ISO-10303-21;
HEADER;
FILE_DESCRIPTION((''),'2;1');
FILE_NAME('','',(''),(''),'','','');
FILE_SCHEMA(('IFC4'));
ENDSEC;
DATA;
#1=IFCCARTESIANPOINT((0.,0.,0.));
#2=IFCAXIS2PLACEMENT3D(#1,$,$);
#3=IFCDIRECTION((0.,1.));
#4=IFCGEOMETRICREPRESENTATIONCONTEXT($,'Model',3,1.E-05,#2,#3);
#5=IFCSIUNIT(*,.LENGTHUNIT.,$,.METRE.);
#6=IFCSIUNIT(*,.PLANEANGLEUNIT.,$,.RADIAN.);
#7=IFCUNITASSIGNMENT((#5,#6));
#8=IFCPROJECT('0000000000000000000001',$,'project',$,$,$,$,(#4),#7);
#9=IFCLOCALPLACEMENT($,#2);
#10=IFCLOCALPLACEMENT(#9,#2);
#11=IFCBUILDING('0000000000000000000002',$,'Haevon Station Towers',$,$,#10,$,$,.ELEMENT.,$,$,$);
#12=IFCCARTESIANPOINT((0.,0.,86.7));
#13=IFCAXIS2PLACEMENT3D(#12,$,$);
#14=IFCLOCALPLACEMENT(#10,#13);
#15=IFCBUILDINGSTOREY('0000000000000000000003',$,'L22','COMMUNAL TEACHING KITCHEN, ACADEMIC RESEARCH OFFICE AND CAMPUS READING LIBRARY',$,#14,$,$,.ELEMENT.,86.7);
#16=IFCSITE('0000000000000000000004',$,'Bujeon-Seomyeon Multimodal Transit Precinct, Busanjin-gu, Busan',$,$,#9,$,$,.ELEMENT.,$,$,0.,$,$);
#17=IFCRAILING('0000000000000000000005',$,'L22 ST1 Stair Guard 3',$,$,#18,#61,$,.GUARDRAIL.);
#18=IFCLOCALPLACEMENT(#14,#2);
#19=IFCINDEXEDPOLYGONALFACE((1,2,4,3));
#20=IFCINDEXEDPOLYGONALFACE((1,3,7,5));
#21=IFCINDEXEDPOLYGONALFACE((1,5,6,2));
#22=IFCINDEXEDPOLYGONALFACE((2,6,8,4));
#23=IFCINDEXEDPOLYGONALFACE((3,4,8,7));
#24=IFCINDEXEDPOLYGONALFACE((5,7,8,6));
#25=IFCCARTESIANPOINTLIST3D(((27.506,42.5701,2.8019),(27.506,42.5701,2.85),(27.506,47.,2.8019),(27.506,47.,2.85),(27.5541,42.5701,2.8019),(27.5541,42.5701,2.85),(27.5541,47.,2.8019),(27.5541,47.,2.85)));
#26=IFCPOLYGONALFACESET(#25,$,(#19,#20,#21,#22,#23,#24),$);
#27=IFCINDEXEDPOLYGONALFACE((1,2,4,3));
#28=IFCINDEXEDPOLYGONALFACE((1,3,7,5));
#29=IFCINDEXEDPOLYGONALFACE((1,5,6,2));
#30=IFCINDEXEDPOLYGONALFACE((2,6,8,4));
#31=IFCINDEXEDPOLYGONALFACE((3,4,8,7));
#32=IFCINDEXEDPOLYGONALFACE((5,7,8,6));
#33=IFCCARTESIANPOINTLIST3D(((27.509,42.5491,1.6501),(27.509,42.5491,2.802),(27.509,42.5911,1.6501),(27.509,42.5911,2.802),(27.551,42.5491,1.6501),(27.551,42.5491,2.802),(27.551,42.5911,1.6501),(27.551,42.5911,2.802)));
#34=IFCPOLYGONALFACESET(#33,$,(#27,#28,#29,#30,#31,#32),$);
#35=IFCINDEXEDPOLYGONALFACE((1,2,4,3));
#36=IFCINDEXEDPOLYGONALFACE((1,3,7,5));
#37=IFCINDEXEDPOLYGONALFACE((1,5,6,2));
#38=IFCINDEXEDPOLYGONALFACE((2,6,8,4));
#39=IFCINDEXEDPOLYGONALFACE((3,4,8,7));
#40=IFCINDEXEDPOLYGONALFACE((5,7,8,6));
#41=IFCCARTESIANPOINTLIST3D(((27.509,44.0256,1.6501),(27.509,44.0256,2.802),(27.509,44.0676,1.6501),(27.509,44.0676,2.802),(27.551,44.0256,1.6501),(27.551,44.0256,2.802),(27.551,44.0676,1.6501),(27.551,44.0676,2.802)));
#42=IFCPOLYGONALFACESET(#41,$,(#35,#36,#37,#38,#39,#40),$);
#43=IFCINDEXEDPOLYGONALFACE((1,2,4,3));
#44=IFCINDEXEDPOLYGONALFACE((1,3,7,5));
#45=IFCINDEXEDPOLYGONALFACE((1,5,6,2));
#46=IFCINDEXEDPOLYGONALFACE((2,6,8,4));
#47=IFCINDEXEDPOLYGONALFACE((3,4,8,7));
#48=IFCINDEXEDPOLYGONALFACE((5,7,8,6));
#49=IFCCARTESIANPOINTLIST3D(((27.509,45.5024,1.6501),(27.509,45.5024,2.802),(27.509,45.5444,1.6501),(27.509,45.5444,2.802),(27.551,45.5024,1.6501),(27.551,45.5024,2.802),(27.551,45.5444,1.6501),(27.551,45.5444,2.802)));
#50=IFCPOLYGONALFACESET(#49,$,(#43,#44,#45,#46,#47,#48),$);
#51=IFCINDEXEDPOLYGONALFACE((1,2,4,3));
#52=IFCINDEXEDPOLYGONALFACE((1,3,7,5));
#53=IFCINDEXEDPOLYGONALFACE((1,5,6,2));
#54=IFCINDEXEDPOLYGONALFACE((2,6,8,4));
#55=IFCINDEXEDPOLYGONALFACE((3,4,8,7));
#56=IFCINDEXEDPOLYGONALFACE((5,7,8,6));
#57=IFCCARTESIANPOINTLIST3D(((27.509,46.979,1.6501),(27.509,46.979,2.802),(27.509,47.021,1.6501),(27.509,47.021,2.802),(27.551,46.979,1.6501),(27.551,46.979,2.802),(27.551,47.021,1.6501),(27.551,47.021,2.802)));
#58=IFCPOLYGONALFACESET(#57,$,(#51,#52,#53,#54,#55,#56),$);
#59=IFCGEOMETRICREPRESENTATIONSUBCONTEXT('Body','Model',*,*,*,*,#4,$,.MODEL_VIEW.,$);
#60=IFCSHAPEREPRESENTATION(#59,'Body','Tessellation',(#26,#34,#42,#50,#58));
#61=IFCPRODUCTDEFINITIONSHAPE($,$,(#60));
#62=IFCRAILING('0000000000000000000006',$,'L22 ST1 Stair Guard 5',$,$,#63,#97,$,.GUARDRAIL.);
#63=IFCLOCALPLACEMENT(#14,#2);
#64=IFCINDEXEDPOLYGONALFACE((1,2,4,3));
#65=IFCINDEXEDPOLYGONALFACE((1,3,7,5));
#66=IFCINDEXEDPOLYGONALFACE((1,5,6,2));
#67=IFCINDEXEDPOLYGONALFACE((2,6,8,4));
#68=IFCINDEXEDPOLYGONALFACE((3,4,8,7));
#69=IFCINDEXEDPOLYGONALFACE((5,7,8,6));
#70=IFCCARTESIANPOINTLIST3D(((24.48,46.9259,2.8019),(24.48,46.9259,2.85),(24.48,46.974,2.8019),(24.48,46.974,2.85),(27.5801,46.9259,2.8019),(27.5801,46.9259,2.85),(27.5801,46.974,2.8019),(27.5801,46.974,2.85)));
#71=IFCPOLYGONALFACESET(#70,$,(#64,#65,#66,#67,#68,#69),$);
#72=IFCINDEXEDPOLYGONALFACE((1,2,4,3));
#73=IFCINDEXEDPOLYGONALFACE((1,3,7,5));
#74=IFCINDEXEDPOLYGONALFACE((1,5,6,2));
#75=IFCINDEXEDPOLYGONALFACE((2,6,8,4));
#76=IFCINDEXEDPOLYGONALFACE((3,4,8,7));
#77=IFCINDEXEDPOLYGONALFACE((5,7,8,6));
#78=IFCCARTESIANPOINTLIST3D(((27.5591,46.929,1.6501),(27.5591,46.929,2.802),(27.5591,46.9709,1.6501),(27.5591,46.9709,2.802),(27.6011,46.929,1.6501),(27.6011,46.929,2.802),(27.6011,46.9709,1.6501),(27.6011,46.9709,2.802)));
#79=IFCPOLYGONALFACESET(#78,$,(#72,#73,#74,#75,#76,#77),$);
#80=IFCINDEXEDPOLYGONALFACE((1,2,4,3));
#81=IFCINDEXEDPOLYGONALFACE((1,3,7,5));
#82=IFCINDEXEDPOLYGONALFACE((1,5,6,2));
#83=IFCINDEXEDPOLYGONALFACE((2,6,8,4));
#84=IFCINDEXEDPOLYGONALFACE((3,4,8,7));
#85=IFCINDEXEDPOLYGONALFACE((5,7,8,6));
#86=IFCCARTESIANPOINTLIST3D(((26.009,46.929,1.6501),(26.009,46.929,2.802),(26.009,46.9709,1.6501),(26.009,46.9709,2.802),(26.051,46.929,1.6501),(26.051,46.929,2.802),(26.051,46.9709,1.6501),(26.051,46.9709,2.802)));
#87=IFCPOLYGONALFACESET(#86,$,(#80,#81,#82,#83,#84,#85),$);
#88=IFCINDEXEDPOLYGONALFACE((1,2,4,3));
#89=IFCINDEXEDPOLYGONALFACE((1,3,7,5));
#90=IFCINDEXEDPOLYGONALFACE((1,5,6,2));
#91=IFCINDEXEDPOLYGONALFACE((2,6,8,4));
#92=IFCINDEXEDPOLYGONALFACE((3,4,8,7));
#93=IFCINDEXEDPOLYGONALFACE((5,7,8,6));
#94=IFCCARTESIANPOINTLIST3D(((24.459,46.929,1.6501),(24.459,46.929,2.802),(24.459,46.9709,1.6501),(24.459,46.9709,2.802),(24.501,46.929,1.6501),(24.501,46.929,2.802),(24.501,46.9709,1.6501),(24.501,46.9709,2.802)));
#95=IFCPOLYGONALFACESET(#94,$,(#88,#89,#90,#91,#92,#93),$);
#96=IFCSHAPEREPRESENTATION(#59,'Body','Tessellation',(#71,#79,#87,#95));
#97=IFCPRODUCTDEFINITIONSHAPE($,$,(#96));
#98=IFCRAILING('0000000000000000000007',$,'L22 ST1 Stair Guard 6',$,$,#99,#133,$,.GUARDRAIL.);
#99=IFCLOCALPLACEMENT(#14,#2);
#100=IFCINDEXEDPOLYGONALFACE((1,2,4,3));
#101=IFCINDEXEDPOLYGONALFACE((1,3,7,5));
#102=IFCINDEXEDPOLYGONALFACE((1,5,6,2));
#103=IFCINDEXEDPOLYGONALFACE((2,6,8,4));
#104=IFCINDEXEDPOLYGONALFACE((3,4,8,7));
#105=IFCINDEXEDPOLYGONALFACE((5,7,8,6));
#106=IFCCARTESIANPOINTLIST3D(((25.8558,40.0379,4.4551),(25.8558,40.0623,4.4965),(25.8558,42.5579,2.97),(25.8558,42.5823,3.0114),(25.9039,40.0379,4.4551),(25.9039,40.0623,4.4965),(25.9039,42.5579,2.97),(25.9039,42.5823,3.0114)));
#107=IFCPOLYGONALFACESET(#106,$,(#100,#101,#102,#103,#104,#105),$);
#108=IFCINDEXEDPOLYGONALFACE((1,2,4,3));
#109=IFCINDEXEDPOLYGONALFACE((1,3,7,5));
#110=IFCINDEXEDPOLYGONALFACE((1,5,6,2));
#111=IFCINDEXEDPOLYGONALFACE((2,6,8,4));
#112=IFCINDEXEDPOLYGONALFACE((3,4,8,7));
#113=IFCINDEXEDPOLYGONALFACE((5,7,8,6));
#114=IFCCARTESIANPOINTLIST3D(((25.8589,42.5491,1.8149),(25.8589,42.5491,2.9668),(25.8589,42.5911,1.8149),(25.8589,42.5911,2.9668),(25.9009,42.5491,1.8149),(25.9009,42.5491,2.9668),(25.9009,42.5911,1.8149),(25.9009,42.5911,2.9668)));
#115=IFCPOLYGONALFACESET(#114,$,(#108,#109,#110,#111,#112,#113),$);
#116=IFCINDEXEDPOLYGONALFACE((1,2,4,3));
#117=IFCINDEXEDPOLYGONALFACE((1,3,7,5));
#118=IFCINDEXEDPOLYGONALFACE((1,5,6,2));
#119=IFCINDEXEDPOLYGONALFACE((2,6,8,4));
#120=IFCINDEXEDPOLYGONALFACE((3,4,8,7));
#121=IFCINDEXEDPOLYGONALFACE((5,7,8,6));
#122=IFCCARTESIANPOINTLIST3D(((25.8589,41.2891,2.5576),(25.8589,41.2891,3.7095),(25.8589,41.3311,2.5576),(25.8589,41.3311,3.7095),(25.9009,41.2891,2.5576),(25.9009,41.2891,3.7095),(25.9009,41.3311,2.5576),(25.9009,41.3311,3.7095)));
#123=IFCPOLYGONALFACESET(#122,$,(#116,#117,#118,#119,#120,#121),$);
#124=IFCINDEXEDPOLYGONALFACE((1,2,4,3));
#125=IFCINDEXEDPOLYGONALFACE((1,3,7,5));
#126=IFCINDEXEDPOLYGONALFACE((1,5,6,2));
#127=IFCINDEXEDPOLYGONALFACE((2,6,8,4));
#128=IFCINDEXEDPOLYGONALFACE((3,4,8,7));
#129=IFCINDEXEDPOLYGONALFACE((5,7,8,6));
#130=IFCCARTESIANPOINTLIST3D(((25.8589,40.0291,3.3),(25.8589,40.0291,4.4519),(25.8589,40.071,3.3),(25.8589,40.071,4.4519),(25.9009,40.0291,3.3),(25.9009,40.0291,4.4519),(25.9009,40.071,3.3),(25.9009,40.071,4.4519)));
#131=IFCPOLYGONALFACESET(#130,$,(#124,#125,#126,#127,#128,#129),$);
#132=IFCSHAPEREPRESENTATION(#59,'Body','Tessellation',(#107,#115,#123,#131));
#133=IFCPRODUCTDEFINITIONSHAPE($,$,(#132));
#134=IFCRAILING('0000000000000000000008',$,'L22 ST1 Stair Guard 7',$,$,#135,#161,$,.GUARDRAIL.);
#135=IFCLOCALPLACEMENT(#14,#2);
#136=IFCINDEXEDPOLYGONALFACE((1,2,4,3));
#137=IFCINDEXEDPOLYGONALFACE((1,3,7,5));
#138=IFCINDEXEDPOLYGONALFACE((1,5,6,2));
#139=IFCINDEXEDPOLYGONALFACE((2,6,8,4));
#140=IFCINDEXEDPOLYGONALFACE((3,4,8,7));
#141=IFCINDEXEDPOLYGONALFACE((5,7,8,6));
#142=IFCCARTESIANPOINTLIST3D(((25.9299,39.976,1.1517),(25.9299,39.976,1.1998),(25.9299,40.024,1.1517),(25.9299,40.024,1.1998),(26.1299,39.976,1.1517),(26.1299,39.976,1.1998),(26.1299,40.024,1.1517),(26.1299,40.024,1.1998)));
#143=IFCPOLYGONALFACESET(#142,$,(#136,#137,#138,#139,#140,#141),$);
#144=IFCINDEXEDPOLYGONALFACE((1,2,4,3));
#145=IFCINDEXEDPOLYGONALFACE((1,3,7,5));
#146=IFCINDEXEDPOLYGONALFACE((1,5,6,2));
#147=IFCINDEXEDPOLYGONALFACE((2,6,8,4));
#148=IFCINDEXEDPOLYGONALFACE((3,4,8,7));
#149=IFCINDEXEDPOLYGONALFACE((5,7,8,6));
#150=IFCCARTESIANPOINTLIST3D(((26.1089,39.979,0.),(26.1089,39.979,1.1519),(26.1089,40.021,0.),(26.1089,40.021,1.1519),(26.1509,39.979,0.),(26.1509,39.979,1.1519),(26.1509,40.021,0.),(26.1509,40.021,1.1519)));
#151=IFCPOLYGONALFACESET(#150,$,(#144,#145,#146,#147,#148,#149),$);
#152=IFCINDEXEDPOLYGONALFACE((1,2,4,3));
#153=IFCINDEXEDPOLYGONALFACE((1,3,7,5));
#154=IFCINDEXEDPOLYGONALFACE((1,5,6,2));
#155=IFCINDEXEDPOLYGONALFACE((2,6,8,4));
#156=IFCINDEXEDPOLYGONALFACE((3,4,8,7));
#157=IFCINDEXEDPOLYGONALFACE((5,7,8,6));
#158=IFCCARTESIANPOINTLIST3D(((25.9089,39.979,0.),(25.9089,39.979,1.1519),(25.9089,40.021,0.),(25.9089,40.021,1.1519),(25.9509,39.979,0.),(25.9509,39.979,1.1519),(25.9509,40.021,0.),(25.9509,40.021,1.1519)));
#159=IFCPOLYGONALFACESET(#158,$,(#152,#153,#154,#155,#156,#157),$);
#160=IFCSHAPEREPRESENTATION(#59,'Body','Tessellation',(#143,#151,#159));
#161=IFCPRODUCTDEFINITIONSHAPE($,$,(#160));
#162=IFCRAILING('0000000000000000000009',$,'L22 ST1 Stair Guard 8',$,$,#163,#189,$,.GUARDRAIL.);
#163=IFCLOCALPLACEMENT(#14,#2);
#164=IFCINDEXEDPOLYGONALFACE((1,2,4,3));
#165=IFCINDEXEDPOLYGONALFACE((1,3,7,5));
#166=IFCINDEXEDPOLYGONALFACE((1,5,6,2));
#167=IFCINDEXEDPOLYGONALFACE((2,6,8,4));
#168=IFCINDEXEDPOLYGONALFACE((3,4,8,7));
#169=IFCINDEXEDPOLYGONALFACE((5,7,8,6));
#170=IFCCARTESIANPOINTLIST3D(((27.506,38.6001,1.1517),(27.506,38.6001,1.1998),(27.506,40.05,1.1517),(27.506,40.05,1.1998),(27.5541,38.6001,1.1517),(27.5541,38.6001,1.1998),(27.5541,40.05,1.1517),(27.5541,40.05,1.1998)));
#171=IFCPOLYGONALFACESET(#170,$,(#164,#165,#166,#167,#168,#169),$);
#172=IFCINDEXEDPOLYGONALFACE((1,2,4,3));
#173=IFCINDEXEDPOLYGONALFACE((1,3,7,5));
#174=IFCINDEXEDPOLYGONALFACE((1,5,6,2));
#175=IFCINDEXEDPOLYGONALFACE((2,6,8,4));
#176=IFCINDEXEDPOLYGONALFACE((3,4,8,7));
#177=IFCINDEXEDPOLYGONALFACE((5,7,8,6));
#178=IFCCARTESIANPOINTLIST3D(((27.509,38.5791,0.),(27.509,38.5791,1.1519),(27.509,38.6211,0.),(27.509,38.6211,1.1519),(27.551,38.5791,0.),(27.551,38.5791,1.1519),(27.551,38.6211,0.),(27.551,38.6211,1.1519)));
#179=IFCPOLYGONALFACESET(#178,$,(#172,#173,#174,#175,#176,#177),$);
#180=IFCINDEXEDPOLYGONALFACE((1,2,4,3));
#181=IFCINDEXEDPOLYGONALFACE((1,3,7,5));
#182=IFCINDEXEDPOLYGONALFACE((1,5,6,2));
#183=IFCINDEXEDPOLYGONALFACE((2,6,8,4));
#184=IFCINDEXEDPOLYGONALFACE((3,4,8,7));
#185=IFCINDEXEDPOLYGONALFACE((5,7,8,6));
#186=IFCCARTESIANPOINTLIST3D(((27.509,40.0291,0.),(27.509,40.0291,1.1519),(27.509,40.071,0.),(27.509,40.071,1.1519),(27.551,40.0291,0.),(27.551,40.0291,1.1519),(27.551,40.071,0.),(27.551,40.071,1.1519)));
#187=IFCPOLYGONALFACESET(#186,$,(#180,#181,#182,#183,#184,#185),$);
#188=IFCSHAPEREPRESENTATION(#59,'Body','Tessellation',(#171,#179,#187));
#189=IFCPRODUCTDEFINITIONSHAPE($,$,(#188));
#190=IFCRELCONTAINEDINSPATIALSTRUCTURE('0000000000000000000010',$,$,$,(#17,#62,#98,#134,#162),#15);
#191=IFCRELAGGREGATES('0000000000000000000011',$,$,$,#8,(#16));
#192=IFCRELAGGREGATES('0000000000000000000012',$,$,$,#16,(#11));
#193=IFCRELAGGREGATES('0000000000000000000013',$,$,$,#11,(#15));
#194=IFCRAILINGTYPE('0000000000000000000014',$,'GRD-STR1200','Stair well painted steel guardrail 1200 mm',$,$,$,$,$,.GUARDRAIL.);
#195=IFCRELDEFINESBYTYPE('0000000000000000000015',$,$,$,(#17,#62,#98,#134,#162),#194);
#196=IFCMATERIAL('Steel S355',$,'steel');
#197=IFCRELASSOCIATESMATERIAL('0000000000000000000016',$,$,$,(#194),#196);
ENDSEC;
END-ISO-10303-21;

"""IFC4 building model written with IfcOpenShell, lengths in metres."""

from ifc_helpers import new_model, si_unit, direction, frame, origin, origin_2d, place, context, subcontext, project, spatial, rectangle, extrude, material, type_object, element, save


model = new_model("IFC4")

# Units and contexts
model_context = context("Model", 3, precision=1e-05, world=origin(), true_north=direction((0.0, 1.0)))
body_context = subcontext(model_context, "Body", "Model", "MODEL_VIEW")
ifc_project = project(units=[si_unit("LENGTHUNIT", "METRE"), si_unit("PLANEANGLEUNIT", "RADIAN")], contexts=[model_context])

# Site, building, storey
site_placement = place(None, origin())
site = spatial("IfcSite", under=ifc_project, at=site_placement, Name="Bujeon-Seomyeon Multimodal Transit Precinct, Busanjin-gu, Busan", CompositionType="ELEMENT", RefElevation=0.0)
building_placement = place(site_placement, origin())
building = spatial("IfcBuilding", under=site, at=building_placement, Name="Haevon Station Towers", CompositionType="ELEMENT")
storey_placement = place(building_placement, frame((0.0, 0.0, 86.7)))
storey = spatial("IfcBuildingStorey", under=building, at=storey_placement, Name="L22", Description="COMMUNAL TEACHING KITCHEN, ACADEMIC RESEARCH OFFICE AND CAMPUS READING LIBRARY", CompositionType="ELEMENT", Elevation=86.7)

# Shared definitions
ifc_material_1 = material(Name="Steel S355", Category="steel")

# Railings
railing_type_1 = type_object("IfcRailingType", Name="GRD-STR1200", Description="Stair well painted steel guardrail 1200 mm", PredefinedType="GUARDRAIL", material=ifc_material_1)
railing_1_placement = place(storey_placement, frame((27.53, 42.5701, 1.6501)))
element("IfcRailing", 1, at=railing_1_placement, inside=storey, type_object=railing_type_1, Name="L22 ST1 Stair Guard 3", PredefinedType="GUARDRAIL", context=body_context, shape_type="SweptSolid", body=[
    extrude(rectangle(XDim=0.0481, YDim=0.0481, at=origin_2d()), frame((0.0, 0.0, 1.1758), z_axis=(0.0, 1.0, 0.0), x_axis=(-1.0, 0.0, 0.0)), (0.0, 0.0, 1.0), 4.4299),
    extrude(rectangle(XDim=0.042, YDim=0.042, at=origin_2d()), origin(), (0.0, 0.0, 1.0), 1.1519),
    extrude(rectangle(XDim=0.042, YDim=0.042, at=origin_2d()), frame((0.0, 1.4766, 0.0)), (0.0, 0.0, 1.0), 1.1519),
    extrude(rectangle(XDim=0.042, YDim=0.042, at=origin_2d()), frame((0.0, 2.9534, 0.0)), (0.0, 0.0, 1.0), 1.1519),
    extrude(rectangle(XDim=0.042, YDim=0.042, at=origin_2d()), frame((0.0, 4.4299, 0.0)), (0.0, 0.0, 1.0), 1.1519),
])
railing_2_placement = place(storey_placement, frame((27.5801, 46.95, 1.6501)))
element("IfcRailing", 2, at=railing_2_placement, inside=storey, type_object=railing_type_1, Name="L22 ST1 Stair Guard 5", PredefinedType="GUARDRAIL", context=body_context, shape_type="SweptSolid", body=[
    extrude(rectangle(XDim=0.0481, YDim=0.0481, at=origin_2d()), frame((0.0, 0.0, 1.1758), z_axis=(-1.0, 0.0, 0.0), x_axis=(0.0, -1.0, 0.0)), (0.0, 0.0, 1.0), 3.1001),
    extrude(rectangle(XDim=0.042, YDim=0.042, at=origin_2d()), origin(), (0.0, 0.0, 1.0), 1.1519),
    extrude(rectangle(XDim=0.042, YDim=0.042, at=origin_2d()), frame((-1.55, 0.0, 0.0)), (0.0, 0.0, 1.0), 1.1519),
    extrude(rectangle(XDim=0.042, YDim=0.042, at=origin_2d()), frame((-3.1001, 0.0, 0.0)), (0.0, 0.0, 1.0), 1.1519),
])
railing_3_placement = place(storey_placement, frame((25.8799, 42.5701, 1.8149)))
element("IfcRailing", 3, at=railing_3_placement, inside=storey, type_object=railing_type_1, Name="L22 ST1 Stair Guard 6", PredefinedType="GUARDRAIL", context=body_context, shape_type="SweptSolid", body=[
    extrude(rectangle(XDim=0.0481, YDim=0.0481, at=origin_2d()), frame((0.0, 0.0, 1.1758), z_axis=(0.0, -0.861524, 0.507717), x_axis=(1.0, 0.0, 0.0)), (0.0, 0.0, 1.0), 2.925),
    extrude(rectangle(XDim=0.042, YDim=0.042, at=origin_2d()), origin(), (0.0, 0.0, 1.0), 1.1519),
    extrude(rectangle(XDim=0.042, YDim=0.042, at=origin_2d()), frame((0.0, -1.26, 0.7427)), (0.0, 0.0, 1.0), 1.1519),
    extrude(rectangle(XDim=0.042, YDim=0.042, at=origin_2d()), frame((0.0, -2.52, 1.4851)), (0.0, 0.0, 1.0), 1.1519),
])
railing_4_placement = place(storey_placement, frame((26.1299, 40.0, 0.0)))
element("IfcRailing", 4, at=railing_4_placement, inside=storey, type_object=railing_type_1, Name="L22 ST1 Stair Guard 7", PredefinedType="GUARDRAIL", context=body_context, shape_type="SweptSolid", body=[
    extrude(rectangle(XDim=0.0481, YDim=0.0481, at=origin_2d()), frame((0.0, 0.0, 1.1758), z_axis=(-1.0, 0.0, 0.0), x_axis=(0.0, -1.0, 0.0)), (0.0, 0.0, 1.0), 0.2),
    extrude(rectangle(XDim=0.042, YDim=0.042, at=origin_2d()), origin(), (0.0, 0.0, 1.0), 1.1519),
    extrude(rectangle(XDim=0.042, YDim=0.042, at=origin_2d()), frame((-0.2, 0.0, 0.0)), (0.0, 0.0, 1.0), 1.1519),
])
railing_5_placement = place(storey_placement, frame((27.53, 38.6001, 0.0)))
element("IfcRailing", 5, at=railing_5_placement, inside=storey, type_object=railing_type_1, Name="L22 ST1 Stair Guard 8", PredefinedType="GUARDRAIL", context=body_context, shape_type="SweptSolid", body=[
    extrude(rectangle(XDim=0.0481, YDim=0.0481, at=origin_2d()), frame((0.0, 0.0, 1.1758), z_axis=(0.0, 1.0, 0.0), x_axis=(-1.0, 0.0, 0.0)), (0.0, 0.0, 1.0), 1.45),
    extrude(rectangle(XDim=0.042, YDim=0.042, at=origin_2d()), origin(), (0.0, 0.0, 1.0), 1.1519),
    extrude(rectangle(XDim=0.042, YDim=0.042, at=origin_2d()), frame((0.0, 1.45, 0.0)), (0.0, 0.0, 1.0), 1.1519),
])

save(model, "model.ifc")
